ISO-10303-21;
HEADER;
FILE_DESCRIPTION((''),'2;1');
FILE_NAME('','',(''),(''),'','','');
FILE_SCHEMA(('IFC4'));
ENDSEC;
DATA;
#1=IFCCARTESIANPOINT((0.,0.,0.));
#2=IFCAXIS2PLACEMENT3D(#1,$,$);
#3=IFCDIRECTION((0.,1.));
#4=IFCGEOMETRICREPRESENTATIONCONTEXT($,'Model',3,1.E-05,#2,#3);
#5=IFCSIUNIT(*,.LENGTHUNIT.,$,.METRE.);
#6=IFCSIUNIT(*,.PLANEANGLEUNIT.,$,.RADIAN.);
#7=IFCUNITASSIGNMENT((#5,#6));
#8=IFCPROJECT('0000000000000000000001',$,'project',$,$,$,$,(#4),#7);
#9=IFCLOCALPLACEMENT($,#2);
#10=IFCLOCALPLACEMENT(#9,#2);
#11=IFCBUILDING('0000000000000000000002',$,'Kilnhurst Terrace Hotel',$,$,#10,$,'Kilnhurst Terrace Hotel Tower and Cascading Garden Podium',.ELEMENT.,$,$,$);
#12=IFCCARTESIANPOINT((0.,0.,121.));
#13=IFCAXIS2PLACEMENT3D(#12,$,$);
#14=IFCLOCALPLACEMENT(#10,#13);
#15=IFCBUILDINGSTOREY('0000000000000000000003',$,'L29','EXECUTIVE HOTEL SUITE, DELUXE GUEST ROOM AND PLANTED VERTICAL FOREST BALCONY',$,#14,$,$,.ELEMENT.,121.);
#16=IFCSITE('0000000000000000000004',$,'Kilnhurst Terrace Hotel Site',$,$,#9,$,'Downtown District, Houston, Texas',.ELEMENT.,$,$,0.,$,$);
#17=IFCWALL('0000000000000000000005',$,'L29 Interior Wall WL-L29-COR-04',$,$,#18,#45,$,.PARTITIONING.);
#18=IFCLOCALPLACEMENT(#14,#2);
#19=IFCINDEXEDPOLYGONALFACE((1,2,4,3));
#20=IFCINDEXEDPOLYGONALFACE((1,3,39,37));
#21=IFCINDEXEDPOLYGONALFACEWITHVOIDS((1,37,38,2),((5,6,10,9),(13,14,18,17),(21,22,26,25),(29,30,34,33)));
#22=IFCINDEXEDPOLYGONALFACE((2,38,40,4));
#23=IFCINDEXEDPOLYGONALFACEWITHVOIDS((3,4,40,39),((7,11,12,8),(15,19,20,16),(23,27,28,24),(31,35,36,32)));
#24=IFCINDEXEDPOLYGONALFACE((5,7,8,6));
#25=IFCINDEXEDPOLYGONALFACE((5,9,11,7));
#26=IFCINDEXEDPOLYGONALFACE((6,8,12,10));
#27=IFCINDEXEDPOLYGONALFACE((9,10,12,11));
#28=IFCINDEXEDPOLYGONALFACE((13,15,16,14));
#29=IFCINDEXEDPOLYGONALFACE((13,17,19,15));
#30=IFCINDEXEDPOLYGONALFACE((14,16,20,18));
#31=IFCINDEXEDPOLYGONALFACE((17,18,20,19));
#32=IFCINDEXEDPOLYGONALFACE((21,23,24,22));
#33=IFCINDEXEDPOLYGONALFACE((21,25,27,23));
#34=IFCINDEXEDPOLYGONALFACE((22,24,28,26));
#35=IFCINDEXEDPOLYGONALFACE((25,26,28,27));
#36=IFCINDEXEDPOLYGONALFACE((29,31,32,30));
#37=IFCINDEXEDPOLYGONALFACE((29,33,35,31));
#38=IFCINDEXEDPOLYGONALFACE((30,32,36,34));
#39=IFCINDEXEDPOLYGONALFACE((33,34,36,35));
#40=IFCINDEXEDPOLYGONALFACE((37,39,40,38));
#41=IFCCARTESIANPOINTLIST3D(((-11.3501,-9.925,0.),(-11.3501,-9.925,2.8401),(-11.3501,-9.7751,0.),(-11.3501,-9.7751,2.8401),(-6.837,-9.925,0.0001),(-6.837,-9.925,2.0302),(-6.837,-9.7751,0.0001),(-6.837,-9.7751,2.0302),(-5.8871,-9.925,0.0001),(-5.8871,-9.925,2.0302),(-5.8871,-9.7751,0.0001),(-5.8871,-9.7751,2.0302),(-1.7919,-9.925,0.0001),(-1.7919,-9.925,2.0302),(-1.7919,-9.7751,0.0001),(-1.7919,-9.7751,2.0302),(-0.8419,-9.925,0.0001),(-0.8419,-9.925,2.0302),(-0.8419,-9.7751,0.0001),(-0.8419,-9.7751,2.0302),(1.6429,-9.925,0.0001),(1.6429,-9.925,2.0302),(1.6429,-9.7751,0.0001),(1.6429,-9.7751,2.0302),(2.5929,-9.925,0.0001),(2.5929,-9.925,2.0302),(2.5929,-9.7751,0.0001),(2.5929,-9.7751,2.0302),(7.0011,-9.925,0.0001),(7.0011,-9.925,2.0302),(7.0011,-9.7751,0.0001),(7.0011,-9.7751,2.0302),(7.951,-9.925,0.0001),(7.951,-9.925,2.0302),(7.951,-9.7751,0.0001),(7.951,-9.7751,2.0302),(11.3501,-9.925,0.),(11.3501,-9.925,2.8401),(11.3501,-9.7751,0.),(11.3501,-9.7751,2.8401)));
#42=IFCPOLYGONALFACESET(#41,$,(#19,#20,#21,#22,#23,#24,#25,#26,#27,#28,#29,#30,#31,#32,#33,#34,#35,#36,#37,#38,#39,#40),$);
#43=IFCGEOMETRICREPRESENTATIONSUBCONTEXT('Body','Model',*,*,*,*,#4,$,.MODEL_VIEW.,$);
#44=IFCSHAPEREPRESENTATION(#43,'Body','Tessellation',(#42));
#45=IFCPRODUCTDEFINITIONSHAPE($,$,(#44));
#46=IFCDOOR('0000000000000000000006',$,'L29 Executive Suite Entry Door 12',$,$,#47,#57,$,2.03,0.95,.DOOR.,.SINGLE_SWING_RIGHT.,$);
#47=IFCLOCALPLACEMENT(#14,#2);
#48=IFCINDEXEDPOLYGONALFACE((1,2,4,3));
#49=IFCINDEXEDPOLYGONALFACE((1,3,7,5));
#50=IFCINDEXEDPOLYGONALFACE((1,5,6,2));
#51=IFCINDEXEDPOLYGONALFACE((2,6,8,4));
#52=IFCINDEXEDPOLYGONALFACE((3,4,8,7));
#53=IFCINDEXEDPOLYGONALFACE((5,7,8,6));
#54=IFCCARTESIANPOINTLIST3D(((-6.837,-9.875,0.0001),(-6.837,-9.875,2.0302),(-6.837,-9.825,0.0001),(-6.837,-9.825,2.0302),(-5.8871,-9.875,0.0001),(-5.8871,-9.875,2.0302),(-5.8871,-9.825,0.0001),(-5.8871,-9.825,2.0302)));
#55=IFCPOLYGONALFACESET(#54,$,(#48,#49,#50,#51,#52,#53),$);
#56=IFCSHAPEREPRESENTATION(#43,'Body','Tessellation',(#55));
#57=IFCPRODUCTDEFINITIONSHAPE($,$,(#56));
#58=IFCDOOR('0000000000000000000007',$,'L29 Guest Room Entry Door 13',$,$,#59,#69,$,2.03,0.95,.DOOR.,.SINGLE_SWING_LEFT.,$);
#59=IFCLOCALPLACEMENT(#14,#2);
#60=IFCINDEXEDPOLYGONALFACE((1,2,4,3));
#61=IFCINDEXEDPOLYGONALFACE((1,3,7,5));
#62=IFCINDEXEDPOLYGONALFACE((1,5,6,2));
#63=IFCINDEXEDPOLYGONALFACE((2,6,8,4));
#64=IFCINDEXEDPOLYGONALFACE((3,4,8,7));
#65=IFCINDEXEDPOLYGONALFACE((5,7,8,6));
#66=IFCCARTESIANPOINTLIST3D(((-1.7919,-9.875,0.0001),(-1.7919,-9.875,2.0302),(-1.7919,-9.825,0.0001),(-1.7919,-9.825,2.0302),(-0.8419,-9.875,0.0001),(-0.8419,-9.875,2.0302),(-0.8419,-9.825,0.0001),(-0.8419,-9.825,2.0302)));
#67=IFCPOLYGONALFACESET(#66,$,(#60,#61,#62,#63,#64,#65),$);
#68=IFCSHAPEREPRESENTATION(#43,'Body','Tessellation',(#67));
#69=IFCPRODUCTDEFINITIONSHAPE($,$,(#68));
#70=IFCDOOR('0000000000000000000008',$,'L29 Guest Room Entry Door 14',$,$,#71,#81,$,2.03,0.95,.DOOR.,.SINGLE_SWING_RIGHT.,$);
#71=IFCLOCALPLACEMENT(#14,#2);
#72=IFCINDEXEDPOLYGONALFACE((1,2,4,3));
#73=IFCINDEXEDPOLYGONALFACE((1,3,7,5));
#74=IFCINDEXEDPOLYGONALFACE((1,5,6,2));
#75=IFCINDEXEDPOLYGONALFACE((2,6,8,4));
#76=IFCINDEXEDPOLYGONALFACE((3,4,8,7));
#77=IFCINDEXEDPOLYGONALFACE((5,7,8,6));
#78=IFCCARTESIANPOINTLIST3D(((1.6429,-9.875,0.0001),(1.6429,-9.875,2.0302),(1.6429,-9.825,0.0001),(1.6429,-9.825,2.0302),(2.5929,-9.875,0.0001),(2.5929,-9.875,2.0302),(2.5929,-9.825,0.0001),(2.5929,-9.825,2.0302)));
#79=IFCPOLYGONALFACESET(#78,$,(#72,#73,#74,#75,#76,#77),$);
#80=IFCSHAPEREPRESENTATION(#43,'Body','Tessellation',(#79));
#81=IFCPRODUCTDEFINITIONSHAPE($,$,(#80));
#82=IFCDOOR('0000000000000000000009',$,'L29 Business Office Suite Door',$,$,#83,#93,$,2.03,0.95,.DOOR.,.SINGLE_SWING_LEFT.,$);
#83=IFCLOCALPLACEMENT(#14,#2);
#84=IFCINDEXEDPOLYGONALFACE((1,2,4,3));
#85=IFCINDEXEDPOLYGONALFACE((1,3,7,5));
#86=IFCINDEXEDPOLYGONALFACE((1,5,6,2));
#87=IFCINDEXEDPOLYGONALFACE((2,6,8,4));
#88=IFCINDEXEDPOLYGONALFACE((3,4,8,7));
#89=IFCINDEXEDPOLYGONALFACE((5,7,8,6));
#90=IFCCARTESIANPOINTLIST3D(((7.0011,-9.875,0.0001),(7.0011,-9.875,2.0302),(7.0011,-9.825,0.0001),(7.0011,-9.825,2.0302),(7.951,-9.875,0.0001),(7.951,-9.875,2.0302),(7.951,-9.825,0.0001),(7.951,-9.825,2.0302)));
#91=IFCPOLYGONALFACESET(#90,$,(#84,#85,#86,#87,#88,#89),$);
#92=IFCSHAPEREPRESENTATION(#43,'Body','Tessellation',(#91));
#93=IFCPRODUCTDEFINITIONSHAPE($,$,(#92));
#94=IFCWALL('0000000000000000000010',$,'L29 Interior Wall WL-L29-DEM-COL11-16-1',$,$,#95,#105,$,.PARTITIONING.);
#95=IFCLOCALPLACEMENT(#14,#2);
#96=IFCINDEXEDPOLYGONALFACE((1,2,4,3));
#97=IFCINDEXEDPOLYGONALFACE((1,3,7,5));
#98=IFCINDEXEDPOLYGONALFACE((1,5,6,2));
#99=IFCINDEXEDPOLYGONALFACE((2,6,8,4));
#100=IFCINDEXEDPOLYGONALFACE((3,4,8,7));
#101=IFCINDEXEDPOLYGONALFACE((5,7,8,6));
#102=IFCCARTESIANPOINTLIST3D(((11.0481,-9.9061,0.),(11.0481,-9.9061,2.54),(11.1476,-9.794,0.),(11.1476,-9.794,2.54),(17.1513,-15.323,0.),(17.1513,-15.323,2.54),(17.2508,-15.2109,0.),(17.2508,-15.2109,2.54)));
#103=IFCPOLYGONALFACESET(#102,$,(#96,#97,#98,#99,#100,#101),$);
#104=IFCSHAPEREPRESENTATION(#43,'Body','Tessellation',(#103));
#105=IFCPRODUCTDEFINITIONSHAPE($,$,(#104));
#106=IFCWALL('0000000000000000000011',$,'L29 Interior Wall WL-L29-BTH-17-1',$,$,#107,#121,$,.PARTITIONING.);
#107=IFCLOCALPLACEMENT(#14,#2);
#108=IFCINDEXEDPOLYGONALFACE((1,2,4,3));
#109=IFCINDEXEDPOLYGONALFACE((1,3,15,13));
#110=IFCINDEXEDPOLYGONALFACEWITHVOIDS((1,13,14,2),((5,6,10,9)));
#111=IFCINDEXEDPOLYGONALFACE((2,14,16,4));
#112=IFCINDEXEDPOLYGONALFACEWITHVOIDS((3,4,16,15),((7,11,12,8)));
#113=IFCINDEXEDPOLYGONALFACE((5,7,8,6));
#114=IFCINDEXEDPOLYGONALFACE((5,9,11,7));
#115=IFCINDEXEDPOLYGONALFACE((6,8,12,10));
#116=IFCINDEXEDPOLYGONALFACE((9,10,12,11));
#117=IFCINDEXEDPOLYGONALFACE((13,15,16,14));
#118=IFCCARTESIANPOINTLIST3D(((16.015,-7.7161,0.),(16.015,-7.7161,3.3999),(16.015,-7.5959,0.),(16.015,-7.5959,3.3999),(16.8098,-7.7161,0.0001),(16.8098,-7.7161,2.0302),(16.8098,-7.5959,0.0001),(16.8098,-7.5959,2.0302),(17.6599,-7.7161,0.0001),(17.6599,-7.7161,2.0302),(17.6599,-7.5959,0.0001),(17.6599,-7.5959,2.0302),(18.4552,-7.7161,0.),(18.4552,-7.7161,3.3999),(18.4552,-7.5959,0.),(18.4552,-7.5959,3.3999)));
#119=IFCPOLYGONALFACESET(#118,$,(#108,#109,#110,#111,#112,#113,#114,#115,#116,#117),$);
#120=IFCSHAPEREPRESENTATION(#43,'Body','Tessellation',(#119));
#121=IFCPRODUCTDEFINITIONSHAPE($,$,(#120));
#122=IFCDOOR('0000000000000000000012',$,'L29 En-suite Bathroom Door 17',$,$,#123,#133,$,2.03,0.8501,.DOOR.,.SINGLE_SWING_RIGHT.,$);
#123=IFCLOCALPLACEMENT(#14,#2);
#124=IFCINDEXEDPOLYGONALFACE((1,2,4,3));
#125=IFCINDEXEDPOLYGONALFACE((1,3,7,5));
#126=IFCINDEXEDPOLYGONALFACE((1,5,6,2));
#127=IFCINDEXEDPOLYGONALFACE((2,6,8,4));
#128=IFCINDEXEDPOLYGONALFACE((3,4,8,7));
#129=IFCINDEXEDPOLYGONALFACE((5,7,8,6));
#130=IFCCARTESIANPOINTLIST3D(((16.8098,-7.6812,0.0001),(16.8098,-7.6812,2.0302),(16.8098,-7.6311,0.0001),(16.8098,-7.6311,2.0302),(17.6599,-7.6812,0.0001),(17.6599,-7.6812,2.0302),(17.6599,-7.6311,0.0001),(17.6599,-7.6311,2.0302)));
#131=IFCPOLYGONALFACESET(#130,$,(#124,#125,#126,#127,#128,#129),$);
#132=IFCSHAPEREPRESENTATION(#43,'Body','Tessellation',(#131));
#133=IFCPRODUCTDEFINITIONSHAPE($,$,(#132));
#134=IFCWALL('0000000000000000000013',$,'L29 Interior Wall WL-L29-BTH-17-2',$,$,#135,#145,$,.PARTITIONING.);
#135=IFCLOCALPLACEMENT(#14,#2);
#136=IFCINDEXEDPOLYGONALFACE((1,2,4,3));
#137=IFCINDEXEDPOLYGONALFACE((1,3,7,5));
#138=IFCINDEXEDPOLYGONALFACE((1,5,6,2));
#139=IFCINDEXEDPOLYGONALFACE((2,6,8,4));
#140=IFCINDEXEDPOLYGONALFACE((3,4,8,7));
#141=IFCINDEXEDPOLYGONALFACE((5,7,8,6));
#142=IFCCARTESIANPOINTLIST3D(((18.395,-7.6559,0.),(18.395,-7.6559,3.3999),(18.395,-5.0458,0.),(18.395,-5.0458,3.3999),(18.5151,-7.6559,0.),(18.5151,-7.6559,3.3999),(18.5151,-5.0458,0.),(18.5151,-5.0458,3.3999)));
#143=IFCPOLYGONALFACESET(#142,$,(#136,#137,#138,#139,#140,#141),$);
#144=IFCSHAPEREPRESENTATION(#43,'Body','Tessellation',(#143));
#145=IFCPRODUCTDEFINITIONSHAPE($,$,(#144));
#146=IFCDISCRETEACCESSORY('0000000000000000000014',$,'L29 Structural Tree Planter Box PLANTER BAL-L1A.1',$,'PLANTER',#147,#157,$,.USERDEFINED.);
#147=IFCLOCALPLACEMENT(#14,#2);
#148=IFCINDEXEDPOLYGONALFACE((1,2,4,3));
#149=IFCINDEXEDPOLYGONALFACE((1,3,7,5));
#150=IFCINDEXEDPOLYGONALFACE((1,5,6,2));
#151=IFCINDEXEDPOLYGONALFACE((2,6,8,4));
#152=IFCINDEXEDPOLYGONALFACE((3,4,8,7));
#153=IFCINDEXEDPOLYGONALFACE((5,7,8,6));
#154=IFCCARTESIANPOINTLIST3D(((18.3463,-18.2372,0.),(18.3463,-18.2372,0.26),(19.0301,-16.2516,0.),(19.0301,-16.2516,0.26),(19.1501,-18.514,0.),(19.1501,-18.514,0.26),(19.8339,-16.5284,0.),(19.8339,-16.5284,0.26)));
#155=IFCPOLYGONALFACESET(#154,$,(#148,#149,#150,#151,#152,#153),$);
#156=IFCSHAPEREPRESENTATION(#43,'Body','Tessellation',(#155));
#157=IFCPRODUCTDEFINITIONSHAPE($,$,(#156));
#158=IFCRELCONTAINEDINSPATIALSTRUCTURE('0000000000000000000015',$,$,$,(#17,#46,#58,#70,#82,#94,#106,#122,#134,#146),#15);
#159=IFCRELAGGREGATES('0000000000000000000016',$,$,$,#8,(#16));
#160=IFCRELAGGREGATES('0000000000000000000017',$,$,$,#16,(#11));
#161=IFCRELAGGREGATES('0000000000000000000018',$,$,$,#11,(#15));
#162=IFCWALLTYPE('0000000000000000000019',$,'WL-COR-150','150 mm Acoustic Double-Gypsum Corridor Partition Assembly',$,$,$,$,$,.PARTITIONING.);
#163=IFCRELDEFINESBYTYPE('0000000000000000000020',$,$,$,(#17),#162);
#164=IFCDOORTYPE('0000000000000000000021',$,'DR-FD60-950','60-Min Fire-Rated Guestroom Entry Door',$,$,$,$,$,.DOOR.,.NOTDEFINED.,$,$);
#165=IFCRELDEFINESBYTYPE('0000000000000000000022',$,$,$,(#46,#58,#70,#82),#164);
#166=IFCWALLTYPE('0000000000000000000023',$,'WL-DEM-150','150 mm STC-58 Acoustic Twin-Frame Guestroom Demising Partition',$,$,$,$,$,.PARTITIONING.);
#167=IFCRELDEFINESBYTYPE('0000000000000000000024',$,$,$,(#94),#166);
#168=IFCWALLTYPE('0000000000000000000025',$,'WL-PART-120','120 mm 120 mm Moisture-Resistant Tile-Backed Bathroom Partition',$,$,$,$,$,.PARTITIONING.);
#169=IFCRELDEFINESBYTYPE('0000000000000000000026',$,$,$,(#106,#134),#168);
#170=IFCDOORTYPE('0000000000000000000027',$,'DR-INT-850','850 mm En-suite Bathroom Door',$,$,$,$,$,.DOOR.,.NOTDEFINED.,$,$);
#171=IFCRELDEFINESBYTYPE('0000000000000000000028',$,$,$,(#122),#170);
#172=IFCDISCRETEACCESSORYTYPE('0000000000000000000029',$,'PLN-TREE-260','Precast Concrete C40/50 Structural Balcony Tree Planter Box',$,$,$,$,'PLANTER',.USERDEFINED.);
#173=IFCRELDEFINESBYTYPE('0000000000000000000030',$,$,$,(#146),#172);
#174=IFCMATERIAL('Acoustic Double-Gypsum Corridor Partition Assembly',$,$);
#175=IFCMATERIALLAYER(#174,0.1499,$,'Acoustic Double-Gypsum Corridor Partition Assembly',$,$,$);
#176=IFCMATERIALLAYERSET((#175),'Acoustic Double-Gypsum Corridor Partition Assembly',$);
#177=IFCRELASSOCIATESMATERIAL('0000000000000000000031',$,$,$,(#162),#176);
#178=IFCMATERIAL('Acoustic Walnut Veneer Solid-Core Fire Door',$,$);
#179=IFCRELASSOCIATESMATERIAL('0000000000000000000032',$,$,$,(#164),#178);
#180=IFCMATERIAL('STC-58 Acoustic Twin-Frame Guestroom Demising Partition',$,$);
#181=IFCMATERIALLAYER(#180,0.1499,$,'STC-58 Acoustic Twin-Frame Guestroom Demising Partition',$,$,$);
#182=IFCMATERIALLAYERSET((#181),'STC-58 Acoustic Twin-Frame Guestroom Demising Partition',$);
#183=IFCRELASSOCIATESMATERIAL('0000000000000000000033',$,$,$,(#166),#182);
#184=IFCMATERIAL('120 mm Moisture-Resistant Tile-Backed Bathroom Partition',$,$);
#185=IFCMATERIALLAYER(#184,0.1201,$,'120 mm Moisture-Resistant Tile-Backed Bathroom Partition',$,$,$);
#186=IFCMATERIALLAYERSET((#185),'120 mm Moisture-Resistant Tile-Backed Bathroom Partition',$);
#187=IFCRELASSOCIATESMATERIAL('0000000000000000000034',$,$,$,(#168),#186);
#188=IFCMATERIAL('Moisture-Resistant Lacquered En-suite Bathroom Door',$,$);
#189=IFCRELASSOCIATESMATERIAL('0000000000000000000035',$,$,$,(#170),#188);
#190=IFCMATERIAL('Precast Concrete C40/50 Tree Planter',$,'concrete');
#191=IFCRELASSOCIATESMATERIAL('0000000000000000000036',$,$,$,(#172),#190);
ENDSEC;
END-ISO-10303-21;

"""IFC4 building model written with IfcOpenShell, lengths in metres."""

from ifc_helpers import new_model, si_unit, direction, frame, frame_2d, origin, origin_2d, place, context, subcontext, project, spatial, rectangle, extrude, material, layer, layer_set, type_object, element, fill, save


model = new_model("IFC4")

# Units and contexts
model_context = context("Model", 3, precision=1e-05, world=origin(), true_north=direction((0.0, 1.0)))
body_context = subcontext(model_context, "Body", "Model", "MODEL_VIEW")
ifc_project = project(units=[si_unit("LENGTHUNIT", "METRE"), si_unit("PLANEANGLEUNIT", "RADIAN")], contexts=[model_context])

# Site, building, storey
site_placement = place(None, origin())
site = spatial("IfcSite", under=ifc_project, at=site_placement, Name="Kilnhurst Terrace Hotel Site", LongName="Downtown District, Houston, Texas", CompositionType="ELEMENT", RefElevation=0.0)
building_placement = place(site_placement, origin())
building = spatial("IfcBuilding", under=site, at=building_placement, Name="Kilnhurst Terrace Hotel", LongName="Kilnhurst Terrace Hotel Tower and Cascading Garden Podium", CompositionType="ELEMENT")
storey_placement = place(building_placement, frame((0.0, 0.0, 121.0)))
storey = spatial("IfcBuildingStorey", under=building, at=storey_placement, Name="L29", Description="EXECUTIVE HOTEL SUITE, DELUXE GUEST ROOM AND PLANTED VERTICAL FOREST BALCONY", CompositionType="ELEMENT", Elevation=121.0)

# Wall, openings, doors
ifc_material_1 = material(Name="Acoustic Double-Gypsum Corridor Partition Assembly")
ifc_layer_1 = layer(ifc_material_1, 0.1499, Name="Acoustic Double-Gypsum Corridor Partition Assembly")
ifc_layer_set_1 = layer_set([ifc_layer_1], Name="Acoustic Double-Gypsum Corridor Partition Assembly")
wall_type_1 = type_object("IfcWallType", Name="WL-COR-150", Description="150 mm Acoustic Double-Gypsum Corridor Partition Assembly", PredefinedType="PARTITIONING", material=ifc_layer_set_1)
wall_1_placement = place(storey_placement, frame((11.3501, -9.8501, 0.0), z_axis=(0.0, 0.0, 1.0), x_axis=(-1.0, 0.0, 0.0)))
wall_1 = element("IfcWall", 1, at=wall_1_placement, inside=storey, type_object=wall_type_1, Name="L29 Interior Wall WL-L29-COR-04", PredefinedType="PARTITIONING", context=body_context, shape_type="SweptSolid", body=[
    extrude(rectangle(XDim=22.7002, YDim=0.1499, at=frame_2d((11.3501, 0.0))), origin(), (0.0, 0.0, 1.0), 2.8401),
])
opening_1_placement = place(wall_1_placement, frame((17.2371, 0.0, 0.0)))
opening_1 = element("IfcOpeningElement", 2, at=opening_1_placement, cuts=wall_1, PredefinedType="OPENING", context=body_context, shape_type="SweptSolid", body=[
    extrude(rectangle(XDim=0.95, YDim=2.03, at=frame_2d((0.4751, 1.0151))), frame((0.0, 0.085, 0.0), z_axis=(0.0, -1.0, 0.0), x_axis=(1.0, 0.0, 0.0)), (0.0, 0.0, 1.0), 0.1699),
])
opening_2_placement = place(wall_1_placement, frame((12.1919, 0.0, 0.0)))
opening_2 = element("IfcOpeningElement", 3, at=opening_2_placement, cuts=wall_1, PredefinedType="OPENING", context=body_context, shape_type="SweptSolid", body=[
    extrude(rectangle(XDim=0.95, YDim=2.03, at=frame_2d((0.4751, 1.0151))), frame((0.0, 0.085, 0.0), z_axis=(0.0, -1.0, 0.0), x_axis=(1.0, 0.0, 0.0)), (0.0, 0.0, 1.0), 0.1699),
])
opening_3_placement = place(wall_1_placement, frame((8.7571, 0.0, 0.0)))
opening_3 = element("IfcOpeningElement", 4, at=opening_3_placement, cuts=wall_1, PredefinedType="OPENING", context=body_context, shape_type="SweptSolid", body=[
    extrude(rectangle(XDim=0.95, YDim=2.03, at=frame_2d((0.4751, 1.0151))), frame((0.0, 0.085, 0.0), z_axis=(0.0, -1.0, 0.0), x_axis=(1.0, 0.0, 0.0)), (0.0, 0.0, 1.0), 0.1699),
])
opening_4_placement = place(wall_1_placement, frame((3.3989, 0.0, 0.0)))
opening_4 = element("IfcOpeningElement", 5, at=opening_4_placement, cuts=wall_1, PredefinedType="OPENING", context=body_context, shape_type="SweptSolid", body=[
    extrude(rectangle(XDim=0.95, YDim=2.03, at=frame_2d((0.4751, 1.0151))), frame((0.0, 0.085, 0.0), z_axis=(0.0, -1.0, 0.0), x_axis=(1.0, 0.0, 0.0)), (0.0, 0.0, 1.0), 0.1699),
])
ifc_material_2 = material(Name="Acoustic Walnut Veneer Solid-Core Fire Door")
door_type_1 = type_object("IfcDoorType", Name="DR-FD60-950", Description="60-Min Fire-Rated Guestroom Entry Door", OperationType="NOTDEFINED", PredefinedType="DOOR", material=ifc_material_2)
door_1_placement = place(opening_1_placement, origin())
door_1 = element("IfcDoor", 6, at=door_1_placement, inside=storey, type_object=door_type_1, Name="L29 Executive Suite Entry Door 12", OperationType="SINGLE_SWING_RIGHT", OverallHeight=2.03, OverallWidth=0.95, PredefinedType="DOOR", context=body_context, shape_type="SweptSolid", body=[
    extrude(rectangle(XDim=0.95, YDim=2.03, at=frame_2d((0.4751, 1.0151))), frame((0.0, 0.0249, 0.0), z_axis=(0.0, -1.0, 0.0), x_axis=(1.0, 0.0, 0.0)), (0.0, 0.0, 1.0), 0.05),
])
fill(opening_1, door_1)
door_2_placement = place(opening_2_placement, origin())
door_2 = element("IfcDoor", 7, at=door_2_placement, inside=storey, type_object=door_type_1, Name="L29 Guest Room Entry Door 13", OperationType="SINGLE_SWING_LEFT", OverallHeight=2.03, OverallWidth=0.95, PredefinedType="DOOR", context=body_context, shape_type="SweptSolid", body=[
    extrude(rectangle(XDim=0.95, YDim=2.03, at=frame_2d((0.4751, 1.0151))), frame((0.0, 0.0249, 0.0), z_axis=(0.0, -1.0, 0.0), x_axis=(1.0, 0.0, 0.0)), (0.0, 0.0, 1.0), 0.05),
])
fill(opening_2, door_2)
door_3_placement = place(opening_3_placement, origin())
door_3 = element("IfcDoor", 8, at=door_3_placement, inside=storey, type_object=door_type_1, Name="L29 Guest Room Entry Door 14", OperationType="SINGLE_SWING_RIGHT", OverallHeight=2.03, OverallWidth=0.95, PredefinedType="DOOR", context=body_context, shape_type="SweptSolid", body=[
    extrude(rectangle(XDim=0.95, YDim=2.03, at=frame_2d((0.4751, 1.0151))), frame((0.0, 0.0249, 0.0), z_axis=(0.0, -1.0, 0.0), x_axis=(1.0, 0.0, 0.0)), (0.0, 0.0, 1.0), 0.05),
])
fill(opening_3, door_3)
door_4_placement = place(opening_4_placement, origin())
door_4 = element("IfcDoor", 9, at=door_4_placement, inside=storey, type_object=door_type_1, Name="L29 Business Office Suite Door", OperationType="SINGLE_SWING_LEFT", OverallHeight=2.03, OverallWidth=0.95, PredefinedType="DOOR", context=body_context, shape_type="SweptSolid", body=[
    extrude(rectangle(XDim=0.95, YDim=2.03, at=frame_2d((0.4751, 1.0151))), frame((0.0, 0.0249, 0.0), z_axis=(0.0, -1.0, 0.0), x_axis=(1.0, 0.0, 0.0)), (0.0, 0.0, 1.0), 0.05),
])
fill(opening_4, door_4)

# Wall
ifc_material_3 = material(Name="STC-58 Acoustic Twin-Frame Guestroom Demising Partition")
ifc_layer_2 = layer(ifc_material_3, 0.1499, Name="STC-58 Acoustic Twin-Frame Guestroom Demising Partition")
ifc_layer_set_2 = layer_set([ifc_layer_2], Name="STC-58 Acoustic Twin-Frame Guestroom Demising Partition")
wall_type_2 = type_object("IfcWallType", Name="WL-DEM-150", Description="150 mm STC-58 Acoustic Twin-Frame Guestroom Demising Partition", PredefinedType="PARTITIONING", material=ifc_layer_set_2)
wall_2_placement = place(storey_placement, frame((11.0979, -9.8501, 0.0), z_axis=(0.0, 0.0, 1.0), x_axis=(0.747904, -0.663807, 0.0)))
element("IfcWall", 10, at=wall_2_placement, inside=storey, type_object=wall_type_2, Name="L29 Interior Wall WL-L29-DEM-COL11-16-1", PredefinedType="PARTITIONING", context=body_context, shape_type="SweptSolid", body=[
    extrude(rectangle(XDim=8.1604, YDim=0.1499, at=frame_2d((4.0801, 0.0))), origin(), (0.0, 0.0, 1.0), 2.54),
])

# Wall, opening, door
ifc_material_4 = material(Name="120 mm Moisture-Resistant Tile-Backed Bathroom Partition")
ifc_layer_3 = layer(ifc_material_4, 0.1201, Name="120 mm Moisture-Resistant Tile-Backed Bathroom Partition")
ifc_layer_set_3 = layer_set([ifc_layer_3], Name="120 mm Moisture-Resistant Tile-Backed Bathroom Partition")
wall_type_3 = type_object("IfcWallType", Name="WL-PART-120", Description="120 mm 120 mm Moisture-Resistant Tile-Backed Bathroom Partition", PredefinedType="PARTITIONING", material=ifc_layer_set_3)
wall_3_placement = place(storey_placement, frame((16.0149, -7.656, 0.0), z_axis=(0.0, 0.0, 1.0), x_axis=(1.0, 0.0, 0.0)))
wall_3 = element("IfcWall", 11, at=wall_3_placement, inside=storey, type_object=wall_type_3, Name="L29 Interior Wall WL-L29-BTH-17-1", PredefinedType="PARTITIONING", context=body_context, shape_type="SweptSolid", body=[
    extrude(rectangle(XDim=2.4402, YDim=0.1201, at=frame_2d((1.2202, 0.0))), origin(), (0.0, 0.0, 1.0), 3.3999),
])
opening_5_placement = place(wall_3_placement, frame((0.7949, 0.0, 0.0)))
opening_5 = element("IfcOpeningElement", 12, at=opening_5_placement, cuts=wall_3, PredefinedType="OPENING", context=body_context, shape_type="SweptSolid", body=[
    extrude(rectangle(XDim=0.8501, YDim=2.03, at=frame_2d((0.425, 1.0151))), frame((0.0, 0.0701, 0.0), z_axis=(0.0, -1.0, 0.0), x_axis=(1.0, 0.0, 0.0)), (0.0, 0.0, 1.0), 0.1401),
])
ifc_material_5 = material(Name="Moisture-Resistant Lacquered En-suite Bathroom Door")
door_type_2 = type_object("IfcDoorType", Name="DR-INT-850", Description="850 mm En-suite Bathroom Door", OperationType="NOTDEFINED", PredefinedType="DOOR", material=ifc_material_5)
door_5_placement = place(opening_5_placement, origin())
door_5 = element("IfcDoor", 13, at=door_5_placement, inside=storey, type_object=door_type_2, Name="L29 En-suite Bathroom Door 17", OperationType="SINGLE_SWING_RIGHT", OverallHeight=2.03, OverallWidth=0.8501, PredefinedType="DOOR", context=body_context, shape_type="SweptSolid", body=[
    extrude(rectangle(XDim=0.8501, YDim=2.03, at=frame_2d((0.425, 1.0151))), frame((0.0, 0.0249, 0.0), z_axis=(0.0, -1.0, 0.0), x_axis=(1.0, 0.0, 0.0)), (0.0, 0.0, 1.0), 0.05),
])
fill(opening_5, door_5)

# Wall
wall_4_placement = place(storey_placement, frame((18.4551, -7.656, 0.0), z_axis=(0.0, 0.0, 1.0), x_axis=(0.0, 1.0, 0.0)))
element("IfcWall", 14, at=wall_4_placement, inside=storey, type_object=wall_type_3, Name="L29 Interior Wall WL-L29-BTH-17-2", PredefinedType="PARTITIONING", context=body_context, shape_type="SweptSolid", body=[
    extrude(rectangle(XDim=2.6101, YDim=0.1201, at=frame_2d((1.3052, 0.0))), origin(), (0.0, 0.0, 1.0), 3.3999),
])

# Discrete accessory
ifc_material_6 = material(Name="Precast Concrete C40/50 Tree Planter", Category="concrete")
discrete_accessory_type = type_object("IfcDiscreteAccessoryType", Name="PLN-TREE-260", Description="Precast Concrete C40/50 Structural Balcony Tree Planter Box", ElementType="PLANTER", PredefinedType="USERDEFINED", material=ifc_material_6)
discrete_accessory_placement = place(storey_placement, frame((19.0901, -17.3828, 0.0), z_axis=(0.0, 0.0, 1.0), x_axis=(0.325601, 0.945507, 0.0)))
element("IfcDiscreteAccessory", 15, at=discrete_accessory_placement, inside=storey, type_object=discrete_accessory_type, Name="L29 Structural Tree Planter Box PLANTER BAL-L1A.1", ObjectType="PLANTER", PredefinedType="USERDEFINED", context=body_context, shape_type="SweptSolid", body=[
    extrude(rectangle(XDim=2.1001, YDim=0.8501, at=origin_2d()), origin(), (0.0, 0.0, 1.0), 0.26),
])

save(model, "model.ifc")
